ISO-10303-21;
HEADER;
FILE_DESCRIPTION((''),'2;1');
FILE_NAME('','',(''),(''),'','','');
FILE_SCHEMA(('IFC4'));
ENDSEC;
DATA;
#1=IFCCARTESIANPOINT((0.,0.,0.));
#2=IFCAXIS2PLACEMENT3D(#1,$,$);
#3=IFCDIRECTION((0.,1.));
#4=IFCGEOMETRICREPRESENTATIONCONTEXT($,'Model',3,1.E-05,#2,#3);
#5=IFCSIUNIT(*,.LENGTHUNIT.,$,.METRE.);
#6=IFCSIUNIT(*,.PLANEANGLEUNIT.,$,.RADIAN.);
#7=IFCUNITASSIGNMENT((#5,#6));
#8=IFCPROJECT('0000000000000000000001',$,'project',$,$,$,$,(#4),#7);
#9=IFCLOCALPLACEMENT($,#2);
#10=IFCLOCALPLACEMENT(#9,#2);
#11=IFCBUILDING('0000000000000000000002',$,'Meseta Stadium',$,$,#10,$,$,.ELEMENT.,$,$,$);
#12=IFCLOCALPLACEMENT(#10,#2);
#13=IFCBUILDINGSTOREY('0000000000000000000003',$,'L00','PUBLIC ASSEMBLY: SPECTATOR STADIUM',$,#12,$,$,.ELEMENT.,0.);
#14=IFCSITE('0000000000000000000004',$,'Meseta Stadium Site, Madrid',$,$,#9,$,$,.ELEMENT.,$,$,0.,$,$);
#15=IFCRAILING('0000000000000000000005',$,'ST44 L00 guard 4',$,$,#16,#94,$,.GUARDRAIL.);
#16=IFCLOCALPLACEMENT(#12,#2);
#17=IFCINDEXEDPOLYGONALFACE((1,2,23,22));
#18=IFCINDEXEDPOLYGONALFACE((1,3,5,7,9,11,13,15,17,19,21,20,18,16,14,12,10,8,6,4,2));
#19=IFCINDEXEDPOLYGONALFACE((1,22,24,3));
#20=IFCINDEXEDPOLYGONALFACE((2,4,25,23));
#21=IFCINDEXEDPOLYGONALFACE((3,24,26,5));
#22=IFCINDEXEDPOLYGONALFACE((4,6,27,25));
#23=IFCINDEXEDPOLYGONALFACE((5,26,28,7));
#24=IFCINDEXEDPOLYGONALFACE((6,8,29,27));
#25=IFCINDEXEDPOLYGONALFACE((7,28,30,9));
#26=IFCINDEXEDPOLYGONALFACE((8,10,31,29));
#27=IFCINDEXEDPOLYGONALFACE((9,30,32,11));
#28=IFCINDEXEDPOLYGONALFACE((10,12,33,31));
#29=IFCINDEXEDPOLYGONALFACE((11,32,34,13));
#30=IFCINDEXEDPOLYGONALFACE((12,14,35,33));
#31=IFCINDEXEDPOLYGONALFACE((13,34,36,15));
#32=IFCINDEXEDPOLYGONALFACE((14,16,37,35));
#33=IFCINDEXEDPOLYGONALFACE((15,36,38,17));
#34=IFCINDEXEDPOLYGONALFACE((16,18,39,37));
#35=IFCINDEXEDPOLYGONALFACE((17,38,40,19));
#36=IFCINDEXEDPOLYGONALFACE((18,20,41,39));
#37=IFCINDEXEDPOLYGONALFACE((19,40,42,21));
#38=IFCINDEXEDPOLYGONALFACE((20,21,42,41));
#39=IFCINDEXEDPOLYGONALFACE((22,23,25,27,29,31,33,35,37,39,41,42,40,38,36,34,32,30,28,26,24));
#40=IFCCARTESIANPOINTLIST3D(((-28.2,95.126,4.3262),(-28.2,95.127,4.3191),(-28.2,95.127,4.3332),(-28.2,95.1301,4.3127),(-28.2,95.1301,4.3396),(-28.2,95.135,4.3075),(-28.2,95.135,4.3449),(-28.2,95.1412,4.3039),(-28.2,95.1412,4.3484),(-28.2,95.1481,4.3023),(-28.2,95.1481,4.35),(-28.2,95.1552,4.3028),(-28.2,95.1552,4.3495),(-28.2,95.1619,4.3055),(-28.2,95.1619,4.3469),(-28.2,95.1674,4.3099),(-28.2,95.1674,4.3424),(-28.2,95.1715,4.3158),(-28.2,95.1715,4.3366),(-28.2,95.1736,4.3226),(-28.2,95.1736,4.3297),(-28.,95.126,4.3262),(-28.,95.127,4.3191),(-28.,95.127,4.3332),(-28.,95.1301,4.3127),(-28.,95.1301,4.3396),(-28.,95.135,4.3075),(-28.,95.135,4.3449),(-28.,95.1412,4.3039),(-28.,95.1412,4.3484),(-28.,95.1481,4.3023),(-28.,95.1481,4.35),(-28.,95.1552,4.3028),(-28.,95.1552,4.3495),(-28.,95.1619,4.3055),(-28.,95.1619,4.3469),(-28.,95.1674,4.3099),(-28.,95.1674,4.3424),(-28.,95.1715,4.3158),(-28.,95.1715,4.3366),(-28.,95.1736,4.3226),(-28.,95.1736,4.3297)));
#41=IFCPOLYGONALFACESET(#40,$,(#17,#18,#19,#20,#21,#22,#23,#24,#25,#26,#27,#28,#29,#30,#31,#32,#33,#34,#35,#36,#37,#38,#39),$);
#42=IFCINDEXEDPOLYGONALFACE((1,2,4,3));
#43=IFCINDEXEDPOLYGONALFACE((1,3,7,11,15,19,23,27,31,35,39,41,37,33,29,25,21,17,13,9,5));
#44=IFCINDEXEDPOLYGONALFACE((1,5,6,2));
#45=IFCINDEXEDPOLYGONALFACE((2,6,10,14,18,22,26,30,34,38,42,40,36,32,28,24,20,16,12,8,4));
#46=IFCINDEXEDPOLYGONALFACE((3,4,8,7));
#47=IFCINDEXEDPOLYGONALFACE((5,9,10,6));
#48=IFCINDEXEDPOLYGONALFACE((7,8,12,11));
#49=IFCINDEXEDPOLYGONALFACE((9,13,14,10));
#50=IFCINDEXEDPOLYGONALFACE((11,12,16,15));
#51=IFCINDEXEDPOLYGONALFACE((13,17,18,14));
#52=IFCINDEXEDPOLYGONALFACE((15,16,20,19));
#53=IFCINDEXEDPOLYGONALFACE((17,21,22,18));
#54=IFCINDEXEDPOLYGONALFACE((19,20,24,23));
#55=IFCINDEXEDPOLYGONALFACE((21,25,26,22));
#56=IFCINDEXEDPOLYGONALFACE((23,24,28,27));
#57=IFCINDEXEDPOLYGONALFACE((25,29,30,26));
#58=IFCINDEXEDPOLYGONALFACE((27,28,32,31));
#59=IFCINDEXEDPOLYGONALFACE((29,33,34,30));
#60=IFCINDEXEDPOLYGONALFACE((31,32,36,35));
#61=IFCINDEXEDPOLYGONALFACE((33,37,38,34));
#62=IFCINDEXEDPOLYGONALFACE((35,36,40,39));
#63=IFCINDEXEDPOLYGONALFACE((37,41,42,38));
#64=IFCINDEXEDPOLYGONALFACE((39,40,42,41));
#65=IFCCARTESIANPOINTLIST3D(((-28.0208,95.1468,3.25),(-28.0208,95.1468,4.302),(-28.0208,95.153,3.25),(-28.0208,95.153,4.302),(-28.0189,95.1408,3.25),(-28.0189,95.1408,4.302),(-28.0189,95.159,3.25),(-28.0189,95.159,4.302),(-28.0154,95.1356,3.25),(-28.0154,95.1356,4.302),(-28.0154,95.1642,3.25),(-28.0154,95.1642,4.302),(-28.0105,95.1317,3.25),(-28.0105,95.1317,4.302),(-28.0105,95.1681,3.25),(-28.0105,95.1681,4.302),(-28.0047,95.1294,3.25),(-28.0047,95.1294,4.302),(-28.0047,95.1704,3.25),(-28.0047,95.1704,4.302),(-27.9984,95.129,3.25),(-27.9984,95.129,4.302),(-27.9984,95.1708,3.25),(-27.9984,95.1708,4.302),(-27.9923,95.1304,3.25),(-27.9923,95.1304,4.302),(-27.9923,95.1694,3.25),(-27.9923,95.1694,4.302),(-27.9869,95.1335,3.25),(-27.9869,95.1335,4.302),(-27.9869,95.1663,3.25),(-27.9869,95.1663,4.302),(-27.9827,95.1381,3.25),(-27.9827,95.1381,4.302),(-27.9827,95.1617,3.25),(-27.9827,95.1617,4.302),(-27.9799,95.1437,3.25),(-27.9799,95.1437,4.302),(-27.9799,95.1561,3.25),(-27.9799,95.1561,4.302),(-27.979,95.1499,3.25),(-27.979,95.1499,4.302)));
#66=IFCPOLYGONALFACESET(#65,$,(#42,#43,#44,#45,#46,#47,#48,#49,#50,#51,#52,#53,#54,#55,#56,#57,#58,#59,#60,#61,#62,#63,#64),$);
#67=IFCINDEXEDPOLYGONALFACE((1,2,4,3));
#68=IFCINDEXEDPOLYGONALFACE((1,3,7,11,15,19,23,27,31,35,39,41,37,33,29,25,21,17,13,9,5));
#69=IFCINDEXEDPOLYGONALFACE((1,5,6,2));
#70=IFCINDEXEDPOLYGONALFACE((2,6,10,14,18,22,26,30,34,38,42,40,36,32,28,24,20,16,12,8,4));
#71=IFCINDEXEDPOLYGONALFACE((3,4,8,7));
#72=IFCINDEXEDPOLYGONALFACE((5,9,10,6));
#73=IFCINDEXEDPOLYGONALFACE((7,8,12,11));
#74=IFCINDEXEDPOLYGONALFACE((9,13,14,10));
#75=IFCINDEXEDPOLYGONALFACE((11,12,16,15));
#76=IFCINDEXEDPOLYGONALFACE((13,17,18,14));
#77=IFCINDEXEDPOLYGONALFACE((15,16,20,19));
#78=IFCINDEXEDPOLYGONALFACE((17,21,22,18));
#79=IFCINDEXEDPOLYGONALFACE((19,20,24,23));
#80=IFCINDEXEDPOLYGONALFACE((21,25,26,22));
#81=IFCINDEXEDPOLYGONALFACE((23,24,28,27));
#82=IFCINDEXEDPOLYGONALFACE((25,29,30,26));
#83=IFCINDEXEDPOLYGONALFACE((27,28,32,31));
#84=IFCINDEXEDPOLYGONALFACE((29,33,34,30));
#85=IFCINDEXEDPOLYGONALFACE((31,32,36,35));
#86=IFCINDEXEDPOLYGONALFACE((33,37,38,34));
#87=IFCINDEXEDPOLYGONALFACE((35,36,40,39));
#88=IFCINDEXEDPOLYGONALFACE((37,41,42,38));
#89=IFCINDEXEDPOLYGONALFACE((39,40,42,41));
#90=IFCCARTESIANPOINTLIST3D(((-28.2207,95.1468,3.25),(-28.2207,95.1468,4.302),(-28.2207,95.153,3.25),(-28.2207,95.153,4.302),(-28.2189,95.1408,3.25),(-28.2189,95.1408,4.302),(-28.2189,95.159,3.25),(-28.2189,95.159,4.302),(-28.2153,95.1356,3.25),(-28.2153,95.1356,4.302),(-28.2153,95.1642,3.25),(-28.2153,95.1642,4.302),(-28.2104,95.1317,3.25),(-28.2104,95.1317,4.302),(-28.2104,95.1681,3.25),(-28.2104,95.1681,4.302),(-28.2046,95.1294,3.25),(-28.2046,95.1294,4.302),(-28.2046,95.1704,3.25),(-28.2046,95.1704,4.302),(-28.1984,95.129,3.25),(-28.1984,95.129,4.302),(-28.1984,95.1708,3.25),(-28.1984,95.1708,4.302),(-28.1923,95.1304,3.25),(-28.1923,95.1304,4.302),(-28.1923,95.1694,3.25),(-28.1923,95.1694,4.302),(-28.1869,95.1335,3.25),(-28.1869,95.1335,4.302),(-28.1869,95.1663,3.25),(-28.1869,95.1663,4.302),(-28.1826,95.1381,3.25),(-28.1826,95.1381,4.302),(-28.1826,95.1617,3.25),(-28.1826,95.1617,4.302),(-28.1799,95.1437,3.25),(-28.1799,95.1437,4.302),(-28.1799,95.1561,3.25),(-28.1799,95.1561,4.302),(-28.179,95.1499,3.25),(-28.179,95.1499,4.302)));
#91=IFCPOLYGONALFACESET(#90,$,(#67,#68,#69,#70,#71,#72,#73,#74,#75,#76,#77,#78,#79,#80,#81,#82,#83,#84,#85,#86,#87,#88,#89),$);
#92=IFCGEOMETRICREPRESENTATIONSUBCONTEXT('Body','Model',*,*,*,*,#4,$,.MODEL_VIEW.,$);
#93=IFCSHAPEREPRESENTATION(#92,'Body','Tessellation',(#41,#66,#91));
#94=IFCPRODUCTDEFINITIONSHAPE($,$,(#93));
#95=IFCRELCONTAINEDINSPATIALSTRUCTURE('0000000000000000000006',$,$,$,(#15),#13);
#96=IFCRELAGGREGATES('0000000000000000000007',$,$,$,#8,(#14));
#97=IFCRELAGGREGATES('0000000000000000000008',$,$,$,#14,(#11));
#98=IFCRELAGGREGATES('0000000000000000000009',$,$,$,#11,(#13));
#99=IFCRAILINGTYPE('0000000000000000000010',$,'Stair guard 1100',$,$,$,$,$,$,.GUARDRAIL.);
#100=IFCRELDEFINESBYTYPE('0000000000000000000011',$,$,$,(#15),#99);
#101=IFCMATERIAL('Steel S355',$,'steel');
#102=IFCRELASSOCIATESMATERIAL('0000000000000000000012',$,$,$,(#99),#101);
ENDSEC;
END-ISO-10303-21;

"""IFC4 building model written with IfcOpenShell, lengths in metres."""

from ifc_helpers import new_model, si_unit, direction, frame, origin, origin_2d, place, context, subcontext, project, spatial, circle, extrude, material, type_object, element, save


model = new_model("IFC4")

# Units and contexts
model_context = context("Model", 3, precision=1e-05, world=origin(), true_north=direction((0.0, 1.0)))
body_context = subcontext(model_context, "Body", "Model", "MODEL_VIEW")
ifc_project = project(units=[si_unit("LENGTHUNIT", "METRE"), si_unit("PLANEANGLEUNIT", "RADIAN")], contexts=[model_context])

# Site, building, storey
site_placement = place(None, origin())
site = spatial("IfcSite", under=ifc_project, at=site_placement, Name="Meseta Stadium Site, Madrid", CompositionType="ELEMENT", RefElevation=0.0)
building_placement = place(site_placement, origin())
building = spatial("IfcBuilding", under=site, at=building_placement, Name="Meseta Stadium", CompositionType="ELEMENT")
storey_placement = place(building_placement, origin())
storey = spatial("IfcBuildingStorey", under=building, at=storey_placement, Name="L00", Description="PUBLIC ASSEMBLY: SPECTATOR STADIUM", CompositionType="ELEMENT", Elevation=0.0)

# Railing
ifc_material_1 = material(Name="Steel S355", Category="steel")
railing_type_1 = type_object("IfcRailingType", Name="Stair guard 1100", PredefinedType="GUARDRAIL", material=ifc_material_1)
railing_1_placement = place(storey_placement, frame((-28.0, 95.1499, 3.25)))
element("IfcRailing", 1, at=railing_1_placement, inside=storey, type_object=railing_type_1, Name="ST44 L00 guard 4", PredefinedType="GUARDRAIL", context=body_context, shape_type="SweptSolid", body=[
    extrude(circle(Radius=0.0239, at=origin_2d()), frame((0.0, 0.0, 1.0762), z_axis=(-1.0, 0.0, 0.0), x_axis=(0.0, -1.0, 0.0)), (0.0, 0.0, 1.0), 0.2),
    extrude(circle(Radius=0.021, at=origin_2d()), origin(), (0.0, 0.0, 1.0), 1.052),
    extrude(circle(Radius=0.021, at=origin_2d()), frame((-0.2, 0.0, 0.0)), (0.0, 0.0, 1.0), 1.052),
])

save(model, "model.ifc")
